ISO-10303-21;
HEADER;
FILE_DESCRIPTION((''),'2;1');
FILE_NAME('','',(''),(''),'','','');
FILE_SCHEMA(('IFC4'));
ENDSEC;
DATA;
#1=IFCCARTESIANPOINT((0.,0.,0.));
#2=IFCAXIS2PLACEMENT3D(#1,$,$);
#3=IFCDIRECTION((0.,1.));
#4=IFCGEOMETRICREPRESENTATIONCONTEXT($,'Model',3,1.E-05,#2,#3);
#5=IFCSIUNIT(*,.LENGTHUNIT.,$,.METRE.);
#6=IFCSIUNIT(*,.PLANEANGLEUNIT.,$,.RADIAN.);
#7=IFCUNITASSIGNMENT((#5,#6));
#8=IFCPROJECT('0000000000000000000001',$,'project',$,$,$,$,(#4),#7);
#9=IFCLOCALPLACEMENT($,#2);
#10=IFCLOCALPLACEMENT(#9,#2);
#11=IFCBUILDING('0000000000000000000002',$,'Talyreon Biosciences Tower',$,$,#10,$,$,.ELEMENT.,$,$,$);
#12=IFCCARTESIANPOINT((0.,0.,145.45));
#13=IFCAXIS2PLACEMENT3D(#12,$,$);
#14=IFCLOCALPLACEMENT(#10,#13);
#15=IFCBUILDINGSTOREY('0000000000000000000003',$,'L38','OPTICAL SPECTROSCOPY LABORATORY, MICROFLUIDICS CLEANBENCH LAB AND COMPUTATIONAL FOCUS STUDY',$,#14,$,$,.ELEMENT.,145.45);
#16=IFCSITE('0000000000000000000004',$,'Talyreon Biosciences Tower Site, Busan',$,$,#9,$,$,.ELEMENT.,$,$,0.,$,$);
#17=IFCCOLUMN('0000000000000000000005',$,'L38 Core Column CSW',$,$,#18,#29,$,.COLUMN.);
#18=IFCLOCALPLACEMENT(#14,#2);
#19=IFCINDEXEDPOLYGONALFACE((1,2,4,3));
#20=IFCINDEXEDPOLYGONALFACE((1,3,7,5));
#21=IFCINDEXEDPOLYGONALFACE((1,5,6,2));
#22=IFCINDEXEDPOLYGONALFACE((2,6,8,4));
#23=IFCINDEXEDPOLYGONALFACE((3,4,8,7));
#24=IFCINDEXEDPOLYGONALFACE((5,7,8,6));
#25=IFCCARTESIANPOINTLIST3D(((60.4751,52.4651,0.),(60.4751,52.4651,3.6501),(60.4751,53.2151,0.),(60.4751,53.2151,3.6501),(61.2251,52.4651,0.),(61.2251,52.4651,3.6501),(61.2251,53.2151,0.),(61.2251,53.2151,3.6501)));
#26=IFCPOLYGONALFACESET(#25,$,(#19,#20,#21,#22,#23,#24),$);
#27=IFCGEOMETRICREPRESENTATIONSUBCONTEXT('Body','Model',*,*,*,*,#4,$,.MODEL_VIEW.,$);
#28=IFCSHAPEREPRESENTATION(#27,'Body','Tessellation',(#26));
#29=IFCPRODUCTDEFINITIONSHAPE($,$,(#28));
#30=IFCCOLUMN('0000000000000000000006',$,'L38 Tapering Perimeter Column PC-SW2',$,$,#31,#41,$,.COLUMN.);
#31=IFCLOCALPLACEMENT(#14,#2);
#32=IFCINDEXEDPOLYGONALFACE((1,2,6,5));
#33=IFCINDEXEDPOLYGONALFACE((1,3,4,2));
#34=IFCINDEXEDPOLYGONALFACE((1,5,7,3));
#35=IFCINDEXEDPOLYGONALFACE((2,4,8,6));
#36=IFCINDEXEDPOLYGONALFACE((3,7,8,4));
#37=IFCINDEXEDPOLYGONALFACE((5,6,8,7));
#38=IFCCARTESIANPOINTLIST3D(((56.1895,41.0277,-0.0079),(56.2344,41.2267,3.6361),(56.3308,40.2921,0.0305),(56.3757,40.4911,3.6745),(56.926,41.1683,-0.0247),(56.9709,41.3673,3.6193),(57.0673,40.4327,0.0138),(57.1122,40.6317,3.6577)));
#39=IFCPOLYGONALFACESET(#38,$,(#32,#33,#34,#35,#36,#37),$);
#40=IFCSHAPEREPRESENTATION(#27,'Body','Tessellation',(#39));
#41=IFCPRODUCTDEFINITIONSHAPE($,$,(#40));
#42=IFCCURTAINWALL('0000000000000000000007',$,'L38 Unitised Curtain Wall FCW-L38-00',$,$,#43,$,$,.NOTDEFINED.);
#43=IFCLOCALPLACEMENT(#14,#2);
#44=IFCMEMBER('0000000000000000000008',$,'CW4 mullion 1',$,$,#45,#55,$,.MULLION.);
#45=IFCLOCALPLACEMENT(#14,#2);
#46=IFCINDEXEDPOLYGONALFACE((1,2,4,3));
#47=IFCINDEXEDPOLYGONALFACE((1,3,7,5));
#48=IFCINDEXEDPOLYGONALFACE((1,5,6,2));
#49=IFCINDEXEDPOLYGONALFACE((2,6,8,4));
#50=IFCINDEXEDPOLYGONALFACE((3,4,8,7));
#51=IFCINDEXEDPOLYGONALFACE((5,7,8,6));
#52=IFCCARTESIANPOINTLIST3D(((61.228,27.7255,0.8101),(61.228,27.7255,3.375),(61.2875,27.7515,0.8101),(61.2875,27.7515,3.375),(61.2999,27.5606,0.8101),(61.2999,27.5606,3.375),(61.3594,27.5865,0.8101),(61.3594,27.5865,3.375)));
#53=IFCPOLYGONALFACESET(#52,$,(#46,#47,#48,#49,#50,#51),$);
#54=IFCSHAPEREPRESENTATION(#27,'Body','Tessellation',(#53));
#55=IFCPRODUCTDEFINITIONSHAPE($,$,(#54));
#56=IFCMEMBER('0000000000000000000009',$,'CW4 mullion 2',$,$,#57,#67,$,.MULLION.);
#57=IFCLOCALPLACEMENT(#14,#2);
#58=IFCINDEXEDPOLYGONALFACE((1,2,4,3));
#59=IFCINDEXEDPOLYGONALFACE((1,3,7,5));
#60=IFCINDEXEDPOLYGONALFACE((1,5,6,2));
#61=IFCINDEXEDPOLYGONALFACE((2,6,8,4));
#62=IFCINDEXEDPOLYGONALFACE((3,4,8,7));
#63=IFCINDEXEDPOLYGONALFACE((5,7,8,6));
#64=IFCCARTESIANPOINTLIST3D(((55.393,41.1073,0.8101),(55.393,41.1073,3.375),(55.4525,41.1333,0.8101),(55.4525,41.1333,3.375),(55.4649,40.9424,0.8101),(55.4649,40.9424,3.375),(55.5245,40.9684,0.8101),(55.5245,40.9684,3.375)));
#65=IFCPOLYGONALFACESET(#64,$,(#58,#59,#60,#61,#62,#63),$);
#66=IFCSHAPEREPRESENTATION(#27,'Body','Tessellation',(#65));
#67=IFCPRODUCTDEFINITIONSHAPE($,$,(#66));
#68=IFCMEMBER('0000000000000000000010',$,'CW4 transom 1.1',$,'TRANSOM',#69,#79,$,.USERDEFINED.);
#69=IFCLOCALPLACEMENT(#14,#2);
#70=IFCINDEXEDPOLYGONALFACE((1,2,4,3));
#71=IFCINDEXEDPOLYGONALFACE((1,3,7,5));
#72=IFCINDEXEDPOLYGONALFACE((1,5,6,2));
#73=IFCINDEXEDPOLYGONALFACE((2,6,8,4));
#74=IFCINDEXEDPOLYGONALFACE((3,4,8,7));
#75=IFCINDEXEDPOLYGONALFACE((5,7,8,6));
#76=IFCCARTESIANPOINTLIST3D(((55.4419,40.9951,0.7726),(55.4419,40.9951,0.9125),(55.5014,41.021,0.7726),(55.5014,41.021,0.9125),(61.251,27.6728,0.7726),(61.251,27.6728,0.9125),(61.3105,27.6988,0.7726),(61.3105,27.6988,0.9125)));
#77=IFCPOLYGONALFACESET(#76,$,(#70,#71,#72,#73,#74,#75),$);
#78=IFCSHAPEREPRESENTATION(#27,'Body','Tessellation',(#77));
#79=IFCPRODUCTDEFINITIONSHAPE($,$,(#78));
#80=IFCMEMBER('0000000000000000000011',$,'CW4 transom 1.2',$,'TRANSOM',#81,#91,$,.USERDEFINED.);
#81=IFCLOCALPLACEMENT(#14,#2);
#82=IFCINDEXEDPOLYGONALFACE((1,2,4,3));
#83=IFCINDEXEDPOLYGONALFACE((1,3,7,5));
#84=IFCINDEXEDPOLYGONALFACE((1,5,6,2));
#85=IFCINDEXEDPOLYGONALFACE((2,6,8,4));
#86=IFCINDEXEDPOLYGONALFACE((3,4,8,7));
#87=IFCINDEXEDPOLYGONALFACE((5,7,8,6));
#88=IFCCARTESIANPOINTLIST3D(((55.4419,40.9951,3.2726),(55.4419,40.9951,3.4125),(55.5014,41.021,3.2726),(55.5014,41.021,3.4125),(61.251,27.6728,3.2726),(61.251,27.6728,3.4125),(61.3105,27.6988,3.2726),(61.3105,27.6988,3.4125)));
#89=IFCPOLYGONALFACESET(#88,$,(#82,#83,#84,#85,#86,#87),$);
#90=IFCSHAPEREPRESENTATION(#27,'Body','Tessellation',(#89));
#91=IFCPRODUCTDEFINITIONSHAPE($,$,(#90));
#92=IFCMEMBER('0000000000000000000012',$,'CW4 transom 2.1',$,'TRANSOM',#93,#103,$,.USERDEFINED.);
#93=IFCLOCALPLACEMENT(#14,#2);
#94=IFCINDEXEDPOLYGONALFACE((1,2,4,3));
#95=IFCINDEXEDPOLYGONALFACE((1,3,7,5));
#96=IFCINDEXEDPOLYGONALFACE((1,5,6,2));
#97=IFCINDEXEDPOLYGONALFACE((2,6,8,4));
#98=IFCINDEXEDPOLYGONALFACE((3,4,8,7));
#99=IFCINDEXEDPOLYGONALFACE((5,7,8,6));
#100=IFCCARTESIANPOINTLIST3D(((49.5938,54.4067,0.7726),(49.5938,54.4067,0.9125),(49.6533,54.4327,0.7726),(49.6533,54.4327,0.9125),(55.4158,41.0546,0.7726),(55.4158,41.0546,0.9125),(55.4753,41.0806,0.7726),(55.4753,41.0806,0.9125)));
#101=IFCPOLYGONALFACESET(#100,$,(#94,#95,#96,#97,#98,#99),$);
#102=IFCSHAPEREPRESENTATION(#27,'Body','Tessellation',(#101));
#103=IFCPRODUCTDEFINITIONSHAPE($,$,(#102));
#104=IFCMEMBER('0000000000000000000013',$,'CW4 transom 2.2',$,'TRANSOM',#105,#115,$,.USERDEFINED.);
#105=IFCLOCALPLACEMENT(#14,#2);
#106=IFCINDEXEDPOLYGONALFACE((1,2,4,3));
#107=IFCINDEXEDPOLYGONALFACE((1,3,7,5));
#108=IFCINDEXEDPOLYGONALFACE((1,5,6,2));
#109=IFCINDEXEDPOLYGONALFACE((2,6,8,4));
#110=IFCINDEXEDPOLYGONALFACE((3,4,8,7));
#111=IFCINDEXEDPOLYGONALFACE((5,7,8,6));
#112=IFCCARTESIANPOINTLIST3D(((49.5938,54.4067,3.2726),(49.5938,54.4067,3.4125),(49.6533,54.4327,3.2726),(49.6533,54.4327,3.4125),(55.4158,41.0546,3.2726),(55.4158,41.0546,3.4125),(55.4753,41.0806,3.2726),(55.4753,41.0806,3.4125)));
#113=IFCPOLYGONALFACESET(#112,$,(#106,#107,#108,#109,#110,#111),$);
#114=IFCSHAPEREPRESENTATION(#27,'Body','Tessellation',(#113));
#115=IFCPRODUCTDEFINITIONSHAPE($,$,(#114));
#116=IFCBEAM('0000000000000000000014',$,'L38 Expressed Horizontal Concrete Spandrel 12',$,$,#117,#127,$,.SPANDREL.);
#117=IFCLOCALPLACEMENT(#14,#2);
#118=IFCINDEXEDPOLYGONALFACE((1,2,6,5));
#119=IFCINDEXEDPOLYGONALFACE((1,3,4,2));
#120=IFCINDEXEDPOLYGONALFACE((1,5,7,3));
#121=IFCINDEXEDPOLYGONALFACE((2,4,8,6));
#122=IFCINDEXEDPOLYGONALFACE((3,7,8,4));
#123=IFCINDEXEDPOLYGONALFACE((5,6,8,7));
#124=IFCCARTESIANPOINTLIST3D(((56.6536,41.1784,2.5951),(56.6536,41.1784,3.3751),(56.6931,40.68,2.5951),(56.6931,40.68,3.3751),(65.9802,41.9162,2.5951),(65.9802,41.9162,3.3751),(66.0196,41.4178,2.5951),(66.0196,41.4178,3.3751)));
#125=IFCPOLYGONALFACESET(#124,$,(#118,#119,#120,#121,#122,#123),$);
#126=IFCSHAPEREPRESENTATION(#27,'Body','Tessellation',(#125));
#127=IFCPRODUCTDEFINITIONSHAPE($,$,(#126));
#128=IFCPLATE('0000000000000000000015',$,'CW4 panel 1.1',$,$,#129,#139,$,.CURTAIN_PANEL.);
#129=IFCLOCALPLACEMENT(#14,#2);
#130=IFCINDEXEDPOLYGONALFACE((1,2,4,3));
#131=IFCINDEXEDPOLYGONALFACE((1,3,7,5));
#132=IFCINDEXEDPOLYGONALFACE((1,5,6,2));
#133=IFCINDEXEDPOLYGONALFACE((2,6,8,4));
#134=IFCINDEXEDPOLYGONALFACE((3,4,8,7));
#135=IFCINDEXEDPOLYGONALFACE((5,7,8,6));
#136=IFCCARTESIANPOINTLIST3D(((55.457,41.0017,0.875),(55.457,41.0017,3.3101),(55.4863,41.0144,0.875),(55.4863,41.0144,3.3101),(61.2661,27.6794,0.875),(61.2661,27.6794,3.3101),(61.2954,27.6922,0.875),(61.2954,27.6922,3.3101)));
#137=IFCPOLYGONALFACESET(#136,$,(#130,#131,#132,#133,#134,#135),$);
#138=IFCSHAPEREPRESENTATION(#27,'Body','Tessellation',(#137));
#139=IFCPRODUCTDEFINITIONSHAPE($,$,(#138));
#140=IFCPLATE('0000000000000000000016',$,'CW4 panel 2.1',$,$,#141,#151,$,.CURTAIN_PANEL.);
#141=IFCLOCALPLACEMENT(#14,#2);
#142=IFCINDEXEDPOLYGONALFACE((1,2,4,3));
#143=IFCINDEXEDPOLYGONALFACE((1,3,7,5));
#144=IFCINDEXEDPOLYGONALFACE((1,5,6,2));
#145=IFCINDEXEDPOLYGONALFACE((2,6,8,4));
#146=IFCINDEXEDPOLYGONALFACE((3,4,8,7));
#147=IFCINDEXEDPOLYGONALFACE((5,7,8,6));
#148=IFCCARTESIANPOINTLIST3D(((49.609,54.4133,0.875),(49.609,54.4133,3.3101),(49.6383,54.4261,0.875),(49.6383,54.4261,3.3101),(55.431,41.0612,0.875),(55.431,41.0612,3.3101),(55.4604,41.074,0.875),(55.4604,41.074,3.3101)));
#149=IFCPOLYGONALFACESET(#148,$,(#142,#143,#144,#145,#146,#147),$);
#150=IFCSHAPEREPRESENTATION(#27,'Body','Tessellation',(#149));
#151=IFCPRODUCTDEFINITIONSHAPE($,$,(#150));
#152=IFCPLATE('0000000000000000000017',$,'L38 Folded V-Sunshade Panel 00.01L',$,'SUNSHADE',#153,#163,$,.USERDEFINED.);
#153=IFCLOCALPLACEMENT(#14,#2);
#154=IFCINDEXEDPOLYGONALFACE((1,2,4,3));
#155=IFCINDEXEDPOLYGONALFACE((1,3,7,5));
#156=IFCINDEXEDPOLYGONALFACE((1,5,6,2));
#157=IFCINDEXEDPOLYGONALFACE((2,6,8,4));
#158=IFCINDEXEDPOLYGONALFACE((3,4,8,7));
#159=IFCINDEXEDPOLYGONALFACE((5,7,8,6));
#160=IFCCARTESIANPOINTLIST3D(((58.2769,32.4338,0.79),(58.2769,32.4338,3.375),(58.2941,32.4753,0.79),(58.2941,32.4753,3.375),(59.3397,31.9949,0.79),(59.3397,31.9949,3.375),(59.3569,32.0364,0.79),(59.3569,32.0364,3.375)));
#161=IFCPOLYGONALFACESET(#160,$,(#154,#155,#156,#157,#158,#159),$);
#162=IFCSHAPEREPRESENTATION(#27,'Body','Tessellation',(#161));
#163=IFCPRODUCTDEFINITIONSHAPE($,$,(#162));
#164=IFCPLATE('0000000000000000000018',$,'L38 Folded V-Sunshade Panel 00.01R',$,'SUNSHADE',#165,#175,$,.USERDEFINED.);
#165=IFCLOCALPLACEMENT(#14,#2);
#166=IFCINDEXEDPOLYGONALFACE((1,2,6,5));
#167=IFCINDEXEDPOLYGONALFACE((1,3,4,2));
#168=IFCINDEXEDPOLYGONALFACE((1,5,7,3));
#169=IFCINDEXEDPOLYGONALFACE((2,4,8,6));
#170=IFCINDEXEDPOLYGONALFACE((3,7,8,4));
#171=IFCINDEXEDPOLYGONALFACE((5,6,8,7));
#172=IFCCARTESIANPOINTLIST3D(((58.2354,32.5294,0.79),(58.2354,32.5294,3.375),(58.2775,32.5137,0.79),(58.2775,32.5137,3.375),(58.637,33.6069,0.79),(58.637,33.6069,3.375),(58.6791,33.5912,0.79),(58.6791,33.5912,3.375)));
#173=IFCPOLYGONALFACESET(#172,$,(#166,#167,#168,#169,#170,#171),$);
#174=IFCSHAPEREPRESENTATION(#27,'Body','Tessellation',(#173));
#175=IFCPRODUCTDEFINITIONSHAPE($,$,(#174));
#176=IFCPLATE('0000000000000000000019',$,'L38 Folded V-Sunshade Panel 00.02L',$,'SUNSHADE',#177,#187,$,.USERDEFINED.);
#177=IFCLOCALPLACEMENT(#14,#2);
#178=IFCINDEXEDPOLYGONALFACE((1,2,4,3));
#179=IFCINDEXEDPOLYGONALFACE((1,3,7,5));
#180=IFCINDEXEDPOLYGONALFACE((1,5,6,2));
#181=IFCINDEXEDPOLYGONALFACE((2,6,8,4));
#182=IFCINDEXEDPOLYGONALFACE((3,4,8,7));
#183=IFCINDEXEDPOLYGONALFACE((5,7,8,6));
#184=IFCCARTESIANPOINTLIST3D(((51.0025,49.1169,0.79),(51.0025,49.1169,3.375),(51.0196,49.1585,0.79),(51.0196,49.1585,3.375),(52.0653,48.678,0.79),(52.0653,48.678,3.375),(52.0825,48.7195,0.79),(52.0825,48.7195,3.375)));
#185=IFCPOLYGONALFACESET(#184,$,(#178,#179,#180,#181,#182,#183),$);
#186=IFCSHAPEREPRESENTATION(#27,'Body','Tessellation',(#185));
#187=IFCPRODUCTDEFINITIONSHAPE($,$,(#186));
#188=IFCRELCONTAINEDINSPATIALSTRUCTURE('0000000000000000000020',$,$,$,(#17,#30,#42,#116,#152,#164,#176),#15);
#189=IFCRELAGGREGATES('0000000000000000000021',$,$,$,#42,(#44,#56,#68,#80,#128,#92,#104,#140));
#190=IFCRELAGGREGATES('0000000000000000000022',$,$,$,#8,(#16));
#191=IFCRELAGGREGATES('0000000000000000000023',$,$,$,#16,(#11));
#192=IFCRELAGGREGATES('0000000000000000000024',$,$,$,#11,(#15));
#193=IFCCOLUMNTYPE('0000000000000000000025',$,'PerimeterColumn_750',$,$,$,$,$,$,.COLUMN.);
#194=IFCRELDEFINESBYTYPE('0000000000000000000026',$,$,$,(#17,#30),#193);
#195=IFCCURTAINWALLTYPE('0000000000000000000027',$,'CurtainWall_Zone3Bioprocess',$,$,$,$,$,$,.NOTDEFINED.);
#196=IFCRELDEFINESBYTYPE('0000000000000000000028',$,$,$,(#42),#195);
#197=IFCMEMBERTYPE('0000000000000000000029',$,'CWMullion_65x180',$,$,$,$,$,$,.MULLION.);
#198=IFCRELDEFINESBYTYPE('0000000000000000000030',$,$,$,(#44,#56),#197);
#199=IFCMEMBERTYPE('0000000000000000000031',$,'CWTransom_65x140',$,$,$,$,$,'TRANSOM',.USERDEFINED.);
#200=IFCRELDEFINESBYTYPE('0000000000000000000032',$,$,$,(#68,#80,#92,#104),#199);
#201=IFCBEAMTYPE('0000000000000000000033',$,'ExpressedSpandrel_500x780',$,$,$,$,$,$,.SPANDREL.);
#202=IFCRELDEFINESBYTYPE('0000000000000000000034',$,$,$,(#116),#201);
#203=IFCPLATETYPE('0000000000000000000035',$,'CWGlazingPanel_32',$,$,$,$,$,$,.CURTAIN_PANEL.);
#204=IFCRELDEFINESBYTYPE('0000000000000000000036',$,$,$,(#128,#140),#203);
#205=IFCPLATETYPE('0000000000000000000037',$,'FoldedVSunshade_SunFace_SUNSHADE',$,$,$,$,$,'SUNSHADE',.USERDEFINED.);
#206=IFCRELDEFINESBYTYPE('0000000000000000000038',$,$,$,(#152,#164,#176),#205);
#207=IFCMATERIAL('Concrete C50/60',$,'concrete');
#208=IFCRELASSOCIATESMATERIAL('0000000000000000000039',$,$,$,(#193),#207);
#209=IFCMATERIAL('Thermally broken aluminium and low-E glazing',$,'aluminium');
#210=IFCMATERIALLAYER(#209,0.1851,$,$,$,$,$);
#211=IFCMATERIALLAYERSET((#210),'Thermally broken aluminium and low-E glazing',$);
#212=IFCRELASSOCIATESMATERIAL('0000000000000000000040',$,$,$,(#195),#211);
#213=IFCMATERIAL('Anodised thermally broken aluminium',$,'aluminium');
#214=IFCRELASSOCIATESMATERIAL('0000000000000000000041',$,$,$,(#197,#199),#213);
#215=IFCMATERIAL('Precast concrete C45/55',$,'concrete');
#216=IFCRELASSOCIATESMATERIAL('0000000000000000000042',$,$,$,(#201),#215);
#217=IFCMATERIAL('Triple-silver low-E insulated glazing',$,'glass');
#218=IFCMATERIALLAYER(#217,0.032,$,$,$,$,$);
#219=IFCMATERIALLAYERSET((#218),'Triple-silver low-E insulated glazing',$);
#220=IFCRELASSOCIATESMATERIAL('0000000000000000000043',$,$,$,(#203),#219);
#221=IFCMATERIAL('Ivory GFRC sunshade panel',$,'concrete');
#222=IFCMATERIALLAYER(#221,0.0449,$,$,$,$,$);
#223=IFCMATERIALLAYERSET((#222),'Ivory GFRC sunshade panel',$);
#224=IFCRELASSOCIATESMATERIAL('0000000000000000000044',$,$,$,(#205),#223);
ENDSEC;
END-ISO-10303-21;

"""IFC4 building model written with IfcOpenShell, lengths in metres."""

from ifc_helpers import new_model, si_unit, direction, frame, origin, origin_2d, place, context, subcontext, project, spatial, rectangle, extrude, material, layer, layer_set, material_profile, profile_set, type_object, element, aggregate, save


model = new_model("IFC4")

# Units and contexts
model_context = context("Model", 3, precision=1e-05, world=origin(), true_north=direction((0.0, 1.0)))
body_context = subcontext(model_context, "Body", "Model", "MODEL_VIEW")
ifc_project = project(units=[si_unit("LENGTHUNIT", "METRE"), si_unit("PLANEANGLEUNIT", "RADIAN")], contexts=[model_context])

# Site, building, storey
site_placement = place(None, origin())
site = spatial("IfcSite", under=ifc_project, at=site_placement, Name="Talyreon Biosciences Tower Site, Busan", CompositionType="ELEMENT", RefElevation=0.0)
building_placement = place(site_placement, origin())
building = spatial("IfcBuilding", under=site, at=building_placement, Name="Talyreon Biosciences Tower", CompositionType="ELEMENT")
storey_placement = place(building_placement, frame((0.0, 0.0, 145.45)))
storey = spatial("IfcBuildingStorey", under=building, at=storey_placement, Name="L38", Description="OPTICAL SPECTROSCOPY LABORATORY, MICROFLUIDICS CLEANBENCH LAB AND COMPUTATIONAL FOCUS STUDY", CompositionType="ELEMENT", Elevation=145.45)

# Columns
ifc_material_1 = material(Name="Concrete C50/60", Category="concrete")
ifc_material_profile_1 = material_profile(ifc_material_1, rectangle(XDim=0.75, YDim=0.75, at=origin_2d()), Name="RC 750x750")
ifc_profile_set_1 = profile_set([ifc_material_profile_1], Name="Concrete C50/60")
column_type = type_object("IfcColumnType", Name="PerimeterColumn_750", PredefinedType="COLUMN", material=ifc_profile_set_1)
column_1_placement = place(storey_placement, frame((60.8501, 52.8401, 0.0), z_axis=(0.0, 0.0, 1.0), x_axis=(1.0, 0.0, 0.0)))
element("IfcColumn", 1, at=column_1_placement, inside=storey, type_object=column_type, Name="L38 Core Column CSW", PredefinedType="COLUMN", context=body_context, shape_type="SweptSolid", body=[
    extrude(rectangle(XDim=0.75, YDim=0.75, at=origin_2d()), origin(), (0.0, 0.0, 1.0), 3.6501),
])
column_2_placement = place(storey_placement, frame((56.6284, 40.7302, 0.0029), z_axis=(0.012308, 0.054517, 0.998437), x_axis=(-0.188396, 0.980756, -0.051229)))
element("IfcColumn", 2, at=column_2_placement, inside=storey, type_object=column_type, Name="L38 Tapering Perimeter Column PC-SW2", PredefinedType="COLUMN", context=body_context, shape_type="SweptSolid", body=[
    extrude(rectangle(XDim=0.75, YDim=0.75, at=origin_2d()), origin(), (0.0, 0.0, 1.0), 3.6497),
])

# Curtain wall, members
ifc_material_2 = material(Name="Thermally broken aluminium and low-E glazing", Category="aluminium")
ifc_layer_1 = layer(ifc_material_2, 0.1851)
ifc_layer_set_1 = layer_set([ifc_layer_1], Name="Thermally broken aluminium and low-E glazing")
curtain_wall_type = type_object("IfcCurtainWallType", Name="CurtainWall_Zone3Bioprocess", PredefinedType="NOTDEFINED", material=ifc_layer_set_1)
curtain_wall_placement = place(storey_placement, origin())
curtain_wall = element("IfcCurtainWall", 3, at=curtain_wall_placement, inside=storey, type_object=curtain_wall_type, Name="L38 Unitised Curtain Wall FCW-L38-00", PredefinedType="NOTDEFINED")
ifc_material_3 = material(Name="Anodised thermally broken aluminium", Category="aluminium")
ifc_material_profile_2 = material_profile(ifc_material_3, rectangle(XDim=0.0649, YDim=0.1799, at=origin_2d()), Name="ALUM MULLION 65x180")
ifc_profile_set_2 = profile_set([ifc_material_profile_2], Name="Anodised thermally broken aluminium")
member_type_1 = type_object("IfcMemberType", Name="CWMullion_65x180", PredefinedType="MULLION", material=ifc_profile_set_2)
member_1_placement = place(storey_placement, frame((61.2937, 27.656, 0.8101), z_axis=(0.0, 0.0, 1.0), x_axis=(-0.916647, -0.399698, 0.0)))
member_1 = element("IfcMember", 4, at=member_1_placement, type_object=member_type_1, Name="CW4 mullion 1", PredefinedType="MULLION", context=body_context, shape_type="SweptSolid", body=[
    extrude(rectangle(XDim=0.0649, YDim=0.1799, at=origin_2d()), origin(), (0.0, 0.0, 1.0), 2.5649),
])
member_2_placement = place(storey_placement, frame((55.4587, 41.0378, 0.8101), z_axis=(0.0, 0.0, 1.0), x_axis=(-0.916647, -0.399698, 0.0)))
member_2 = element("IfcMember", 5, at=member_2_placement, type_object=member_type_1, Name="CW4 mullion 2", PredefinedType="MULLION", context=body_context, shape_type="SweptSolid", body=[
    extrude(rectangle(XDim=0.0649, YDim=0.1799, at=origin_2d()), origin(), (0.0, 0.0, 1.0), 2.5649),
])
ifc_material_profile_3 = material_profile(ifc_material_3, rectangle(XDim=0.0649, YDim=0.1399, at=origin_2d()), Name="ALUM TRANSOM 65x140")
ifc_profile_set_3 = profile_set([ifc_material_profile_3], Name="Anodised thermally broken aluminium")
member_type_2 = type_object("IfcMemberType", Name="CWTransom_65x140", ElementType="TRANSOM", PredefinedType="USERDEFINED", material=ifc_profile_set_3)
member_3_placement = place(storey_placement, frame((61.2808, 27.6858, 0.8425), z_axis=(-0.399698, 0.916647, 0.0), x_axis=(-0.916647, -0.399698, 0.0)))
member_3 = element("IfcMember", 6, at=member_3_placement, type_object=member_type_2, Name="CW4 transom 1.1", ObjectType="TRANSOM", PredefinedType="USERDEFINED", context=body_context, shape_type="SweptSolid", body=[
    extrude(rectangle(XDim=0.0649, YDim=0.1399, at=origin_2d()), origin(), (0.0, 0.0, 1.0), 14.5337),
])
member_4_placement = place(storey_placement, frame((61.2808, 27.6858, 3.3425), z_axis=(-0.399698, 0.916647, 0.0), x_axis=(-0.916647, -0.399698, 0.0)))
member_4 = element("IfcMember", 7, at=member_4_placement, type_object=member_type_2, Name="CW4 transom 1.2", ObjectType="TRANSOM", PredefinedType="USERDEFINED", context=body_context, shape_type="SweptSolid", body=[
    extrude(rectangle(XDim=0.0649, YDim=0.1399, at=origin_2d()), origin(), (0.0, 0.0, 1.0), 14.5337),
])
member_5_placement = place(storey_placement, frame((55.4456, 41.0676, 0.8425), z_axis=(-0.399695, 0.916648, 0.0), x_axis=(-0.916648, -0.399695, 0.0)))
member_5 = element("IfcMember", 8, at=member_5_placement, type_object=member_type_2, Name="CW4 transom 2.1", ObjectType="TRANSOM", PredefinedType="USERDEFINED", context=body_context, shape_type="SweptSolid", body=[
    extrude(rectangle(XDim=0.0649, YDim=0.1399, at=origin_2d()), origin(), (0.0, 0.0, 1.0), 14.5662),
])
member_6_placement = place(storey_placement, frame((55.4456, 41.0676, 3.3425), z_axis=(-0.399695, 0.916648, 0.0), x_axis=(-0.916648, -0.399695, 0.0)))
member_6 = element("IfcMember", 9, at=member_6_placement, type_object=member_type_2, Name="CW4 transom 2.2", ObjectType="TRANSOM", PredefinedType="USERDEFINED", context=body_context, shape_type="SweptSolid", body=[
    extrude(rectangle(XDim=0.0649, YDim=0.1399, at=origin_2d()), origin(), (0.0, 0.0, 1.0), 14.5662),
])

# Beam
ifc_material_4 = material(Name="Precast concrete C45/55", Category="concrete")
ifc_material_profile_4 = material_profile(ifc_material_4, rectangle(XDim=0.5, YDim=0.78, at=origin_2d()), Name="RCB 500x780")
ifc_profile_set_4 = profile_set([ifc_material_profile_4], Name="Precast concrete C45/55")
beam_type = type_object("IfcBeamType", Name="ExpressedSpandrel_500x780", PredefinedType="SPANDREL", material=ifc_profile_set_4)
beam_placement = place(storey_placement, frame((56.6733, 40.9292, 2.9851), z_axis=(0.996886, 0.078859, 0.0), x_axis=(-0.078859, 0.996886, 0.0)))
element("IfcBeam", 10, at=beam_placement, inside=storey, type_object=beam_type, Name="L38 Expressed Horizontal Concrete Spandrel 12", PredefinedType="SPANDREL", context=body_context, shape_type="SweptSolid", body=[
    extrude(rectangle(XDim=0.5, YDim=0.78, at=origin_2d()), origin(), (0.0, 0.0, 1.0), 9.3557),
])

# Plates
ifc_material_5 = material(Name="Triple-silver low-E insulated glazing", Category="glass")
ifc_layer_2 = layer(ifc_material_5, 0.032)
ifc_layer_set_2 = layer_set([ifc_layer_2], Name="Triple-silver low-E insulated glazing")
plate_type_1 = type_object("IfcPlateType", Name="CWGlazingPanel_32", PredefinedType="CURTAIN_PANEL", material=ifc_layer_set_2)
plate_1_placement = place(storey_placement, frame((58.3762, 34.3469, 0.875), z_axis=(0.0, 0.0, 1.0), x_axis=(-0.399698, 0.916647, 0.0)))
plate_1 = element("IfcPlate", 11, at=plate_1_placement, type_object=plate_type_1, Name="CW4 panel 1.1", PredefinedType="CURTAIN_PANEL", context=body_context, shape_type="SweptSolid", body=[
    extrude(rectangle(XDim=14.5337, YDim=0.032, at=origin_2d()), origin(), (0.0, 0.0, 1.0), 2.4351),
])
plate_2_placement = place(storey_placement, frame((52.5347, 47.7437, 0.875), z_axis=(0.0, 0.0, 1.0), x_axis=(-0.399698, 0.916647, 0.0)))
plate_2 = element("IfcPlate", 12, at=plate_2_placement, type_object=plate_type_1, Name="CW4 panel 2.1", PredefinedType="CURTAIN_PANEL", context=body_context, shape_type="SweptSolid", body=[
    extrude(rectangle(XDim=14.5662, YDim=0.032, at=origin_2d()), origin(), (0.0, 0.0, 1.0), 2.4351),
])
aggregate(curtain_wall, [member_1, member_2, member_3, member_4, plate_1, member_5, member_6, plate_2])

# Plates
ifc_material_6 = material(Name="Ivory GFRC sunshade panel", Category="concrete")
ifc_layer_3 = layer(ifc_material_6, 0.0449)
ifc_layer_set_3 = layer_set([ifc_layer_3], Name="Ivory GFRC sunshade panel")
plate_type_2 = type_object("IfcPlateType", Name="FoldedVSunshade_SunFace_SUNSHADE", ElementType="SUNSHADE", PredefinedType="USERDEFINED", material=ifc_layer_set_3)
for number, where, z_axis, x_axis, name in (
    (13, (58.8169, 32.2351, 0.79), (0.0, 0.0, 1.0), (-0.924273, 0.381732, 0.0), "L38 Folded V-Sunshade Panel 00.01L"),
    (14, (58.4573, 33.0603, 0.79), (0.0, 0.0, 1.0), (0.349243, 0.937032, 0.0), "L38 Folded V-Sunshade Panel 00.01R"),
    (15, (51.5425, 48.9182, 0.79), (0.0, 0.0, 1.0), (-0.924273, 0.381732, 0.0), "L38 Folded V-Sunshade Panel 00.02L"),
):
    element("IfcPlate", number, at=place(storey_placement, frame(where, z_axis=z_axis, x_axis=x_axis)), inside=storey, type_object=plate_type_2, Name=name, ObjectType="SUNSHADE", PredefinedType="USERDEFINED", context=body_context, shape_type="SweptSolid", body=[
        extrude(rectangle(XDim=1.1499, YDim=0.0449, at=origin_2d()), origin(), (0.0, 0.0, 1.0), 2.585),
    ])

save(model, "model.ifc")
